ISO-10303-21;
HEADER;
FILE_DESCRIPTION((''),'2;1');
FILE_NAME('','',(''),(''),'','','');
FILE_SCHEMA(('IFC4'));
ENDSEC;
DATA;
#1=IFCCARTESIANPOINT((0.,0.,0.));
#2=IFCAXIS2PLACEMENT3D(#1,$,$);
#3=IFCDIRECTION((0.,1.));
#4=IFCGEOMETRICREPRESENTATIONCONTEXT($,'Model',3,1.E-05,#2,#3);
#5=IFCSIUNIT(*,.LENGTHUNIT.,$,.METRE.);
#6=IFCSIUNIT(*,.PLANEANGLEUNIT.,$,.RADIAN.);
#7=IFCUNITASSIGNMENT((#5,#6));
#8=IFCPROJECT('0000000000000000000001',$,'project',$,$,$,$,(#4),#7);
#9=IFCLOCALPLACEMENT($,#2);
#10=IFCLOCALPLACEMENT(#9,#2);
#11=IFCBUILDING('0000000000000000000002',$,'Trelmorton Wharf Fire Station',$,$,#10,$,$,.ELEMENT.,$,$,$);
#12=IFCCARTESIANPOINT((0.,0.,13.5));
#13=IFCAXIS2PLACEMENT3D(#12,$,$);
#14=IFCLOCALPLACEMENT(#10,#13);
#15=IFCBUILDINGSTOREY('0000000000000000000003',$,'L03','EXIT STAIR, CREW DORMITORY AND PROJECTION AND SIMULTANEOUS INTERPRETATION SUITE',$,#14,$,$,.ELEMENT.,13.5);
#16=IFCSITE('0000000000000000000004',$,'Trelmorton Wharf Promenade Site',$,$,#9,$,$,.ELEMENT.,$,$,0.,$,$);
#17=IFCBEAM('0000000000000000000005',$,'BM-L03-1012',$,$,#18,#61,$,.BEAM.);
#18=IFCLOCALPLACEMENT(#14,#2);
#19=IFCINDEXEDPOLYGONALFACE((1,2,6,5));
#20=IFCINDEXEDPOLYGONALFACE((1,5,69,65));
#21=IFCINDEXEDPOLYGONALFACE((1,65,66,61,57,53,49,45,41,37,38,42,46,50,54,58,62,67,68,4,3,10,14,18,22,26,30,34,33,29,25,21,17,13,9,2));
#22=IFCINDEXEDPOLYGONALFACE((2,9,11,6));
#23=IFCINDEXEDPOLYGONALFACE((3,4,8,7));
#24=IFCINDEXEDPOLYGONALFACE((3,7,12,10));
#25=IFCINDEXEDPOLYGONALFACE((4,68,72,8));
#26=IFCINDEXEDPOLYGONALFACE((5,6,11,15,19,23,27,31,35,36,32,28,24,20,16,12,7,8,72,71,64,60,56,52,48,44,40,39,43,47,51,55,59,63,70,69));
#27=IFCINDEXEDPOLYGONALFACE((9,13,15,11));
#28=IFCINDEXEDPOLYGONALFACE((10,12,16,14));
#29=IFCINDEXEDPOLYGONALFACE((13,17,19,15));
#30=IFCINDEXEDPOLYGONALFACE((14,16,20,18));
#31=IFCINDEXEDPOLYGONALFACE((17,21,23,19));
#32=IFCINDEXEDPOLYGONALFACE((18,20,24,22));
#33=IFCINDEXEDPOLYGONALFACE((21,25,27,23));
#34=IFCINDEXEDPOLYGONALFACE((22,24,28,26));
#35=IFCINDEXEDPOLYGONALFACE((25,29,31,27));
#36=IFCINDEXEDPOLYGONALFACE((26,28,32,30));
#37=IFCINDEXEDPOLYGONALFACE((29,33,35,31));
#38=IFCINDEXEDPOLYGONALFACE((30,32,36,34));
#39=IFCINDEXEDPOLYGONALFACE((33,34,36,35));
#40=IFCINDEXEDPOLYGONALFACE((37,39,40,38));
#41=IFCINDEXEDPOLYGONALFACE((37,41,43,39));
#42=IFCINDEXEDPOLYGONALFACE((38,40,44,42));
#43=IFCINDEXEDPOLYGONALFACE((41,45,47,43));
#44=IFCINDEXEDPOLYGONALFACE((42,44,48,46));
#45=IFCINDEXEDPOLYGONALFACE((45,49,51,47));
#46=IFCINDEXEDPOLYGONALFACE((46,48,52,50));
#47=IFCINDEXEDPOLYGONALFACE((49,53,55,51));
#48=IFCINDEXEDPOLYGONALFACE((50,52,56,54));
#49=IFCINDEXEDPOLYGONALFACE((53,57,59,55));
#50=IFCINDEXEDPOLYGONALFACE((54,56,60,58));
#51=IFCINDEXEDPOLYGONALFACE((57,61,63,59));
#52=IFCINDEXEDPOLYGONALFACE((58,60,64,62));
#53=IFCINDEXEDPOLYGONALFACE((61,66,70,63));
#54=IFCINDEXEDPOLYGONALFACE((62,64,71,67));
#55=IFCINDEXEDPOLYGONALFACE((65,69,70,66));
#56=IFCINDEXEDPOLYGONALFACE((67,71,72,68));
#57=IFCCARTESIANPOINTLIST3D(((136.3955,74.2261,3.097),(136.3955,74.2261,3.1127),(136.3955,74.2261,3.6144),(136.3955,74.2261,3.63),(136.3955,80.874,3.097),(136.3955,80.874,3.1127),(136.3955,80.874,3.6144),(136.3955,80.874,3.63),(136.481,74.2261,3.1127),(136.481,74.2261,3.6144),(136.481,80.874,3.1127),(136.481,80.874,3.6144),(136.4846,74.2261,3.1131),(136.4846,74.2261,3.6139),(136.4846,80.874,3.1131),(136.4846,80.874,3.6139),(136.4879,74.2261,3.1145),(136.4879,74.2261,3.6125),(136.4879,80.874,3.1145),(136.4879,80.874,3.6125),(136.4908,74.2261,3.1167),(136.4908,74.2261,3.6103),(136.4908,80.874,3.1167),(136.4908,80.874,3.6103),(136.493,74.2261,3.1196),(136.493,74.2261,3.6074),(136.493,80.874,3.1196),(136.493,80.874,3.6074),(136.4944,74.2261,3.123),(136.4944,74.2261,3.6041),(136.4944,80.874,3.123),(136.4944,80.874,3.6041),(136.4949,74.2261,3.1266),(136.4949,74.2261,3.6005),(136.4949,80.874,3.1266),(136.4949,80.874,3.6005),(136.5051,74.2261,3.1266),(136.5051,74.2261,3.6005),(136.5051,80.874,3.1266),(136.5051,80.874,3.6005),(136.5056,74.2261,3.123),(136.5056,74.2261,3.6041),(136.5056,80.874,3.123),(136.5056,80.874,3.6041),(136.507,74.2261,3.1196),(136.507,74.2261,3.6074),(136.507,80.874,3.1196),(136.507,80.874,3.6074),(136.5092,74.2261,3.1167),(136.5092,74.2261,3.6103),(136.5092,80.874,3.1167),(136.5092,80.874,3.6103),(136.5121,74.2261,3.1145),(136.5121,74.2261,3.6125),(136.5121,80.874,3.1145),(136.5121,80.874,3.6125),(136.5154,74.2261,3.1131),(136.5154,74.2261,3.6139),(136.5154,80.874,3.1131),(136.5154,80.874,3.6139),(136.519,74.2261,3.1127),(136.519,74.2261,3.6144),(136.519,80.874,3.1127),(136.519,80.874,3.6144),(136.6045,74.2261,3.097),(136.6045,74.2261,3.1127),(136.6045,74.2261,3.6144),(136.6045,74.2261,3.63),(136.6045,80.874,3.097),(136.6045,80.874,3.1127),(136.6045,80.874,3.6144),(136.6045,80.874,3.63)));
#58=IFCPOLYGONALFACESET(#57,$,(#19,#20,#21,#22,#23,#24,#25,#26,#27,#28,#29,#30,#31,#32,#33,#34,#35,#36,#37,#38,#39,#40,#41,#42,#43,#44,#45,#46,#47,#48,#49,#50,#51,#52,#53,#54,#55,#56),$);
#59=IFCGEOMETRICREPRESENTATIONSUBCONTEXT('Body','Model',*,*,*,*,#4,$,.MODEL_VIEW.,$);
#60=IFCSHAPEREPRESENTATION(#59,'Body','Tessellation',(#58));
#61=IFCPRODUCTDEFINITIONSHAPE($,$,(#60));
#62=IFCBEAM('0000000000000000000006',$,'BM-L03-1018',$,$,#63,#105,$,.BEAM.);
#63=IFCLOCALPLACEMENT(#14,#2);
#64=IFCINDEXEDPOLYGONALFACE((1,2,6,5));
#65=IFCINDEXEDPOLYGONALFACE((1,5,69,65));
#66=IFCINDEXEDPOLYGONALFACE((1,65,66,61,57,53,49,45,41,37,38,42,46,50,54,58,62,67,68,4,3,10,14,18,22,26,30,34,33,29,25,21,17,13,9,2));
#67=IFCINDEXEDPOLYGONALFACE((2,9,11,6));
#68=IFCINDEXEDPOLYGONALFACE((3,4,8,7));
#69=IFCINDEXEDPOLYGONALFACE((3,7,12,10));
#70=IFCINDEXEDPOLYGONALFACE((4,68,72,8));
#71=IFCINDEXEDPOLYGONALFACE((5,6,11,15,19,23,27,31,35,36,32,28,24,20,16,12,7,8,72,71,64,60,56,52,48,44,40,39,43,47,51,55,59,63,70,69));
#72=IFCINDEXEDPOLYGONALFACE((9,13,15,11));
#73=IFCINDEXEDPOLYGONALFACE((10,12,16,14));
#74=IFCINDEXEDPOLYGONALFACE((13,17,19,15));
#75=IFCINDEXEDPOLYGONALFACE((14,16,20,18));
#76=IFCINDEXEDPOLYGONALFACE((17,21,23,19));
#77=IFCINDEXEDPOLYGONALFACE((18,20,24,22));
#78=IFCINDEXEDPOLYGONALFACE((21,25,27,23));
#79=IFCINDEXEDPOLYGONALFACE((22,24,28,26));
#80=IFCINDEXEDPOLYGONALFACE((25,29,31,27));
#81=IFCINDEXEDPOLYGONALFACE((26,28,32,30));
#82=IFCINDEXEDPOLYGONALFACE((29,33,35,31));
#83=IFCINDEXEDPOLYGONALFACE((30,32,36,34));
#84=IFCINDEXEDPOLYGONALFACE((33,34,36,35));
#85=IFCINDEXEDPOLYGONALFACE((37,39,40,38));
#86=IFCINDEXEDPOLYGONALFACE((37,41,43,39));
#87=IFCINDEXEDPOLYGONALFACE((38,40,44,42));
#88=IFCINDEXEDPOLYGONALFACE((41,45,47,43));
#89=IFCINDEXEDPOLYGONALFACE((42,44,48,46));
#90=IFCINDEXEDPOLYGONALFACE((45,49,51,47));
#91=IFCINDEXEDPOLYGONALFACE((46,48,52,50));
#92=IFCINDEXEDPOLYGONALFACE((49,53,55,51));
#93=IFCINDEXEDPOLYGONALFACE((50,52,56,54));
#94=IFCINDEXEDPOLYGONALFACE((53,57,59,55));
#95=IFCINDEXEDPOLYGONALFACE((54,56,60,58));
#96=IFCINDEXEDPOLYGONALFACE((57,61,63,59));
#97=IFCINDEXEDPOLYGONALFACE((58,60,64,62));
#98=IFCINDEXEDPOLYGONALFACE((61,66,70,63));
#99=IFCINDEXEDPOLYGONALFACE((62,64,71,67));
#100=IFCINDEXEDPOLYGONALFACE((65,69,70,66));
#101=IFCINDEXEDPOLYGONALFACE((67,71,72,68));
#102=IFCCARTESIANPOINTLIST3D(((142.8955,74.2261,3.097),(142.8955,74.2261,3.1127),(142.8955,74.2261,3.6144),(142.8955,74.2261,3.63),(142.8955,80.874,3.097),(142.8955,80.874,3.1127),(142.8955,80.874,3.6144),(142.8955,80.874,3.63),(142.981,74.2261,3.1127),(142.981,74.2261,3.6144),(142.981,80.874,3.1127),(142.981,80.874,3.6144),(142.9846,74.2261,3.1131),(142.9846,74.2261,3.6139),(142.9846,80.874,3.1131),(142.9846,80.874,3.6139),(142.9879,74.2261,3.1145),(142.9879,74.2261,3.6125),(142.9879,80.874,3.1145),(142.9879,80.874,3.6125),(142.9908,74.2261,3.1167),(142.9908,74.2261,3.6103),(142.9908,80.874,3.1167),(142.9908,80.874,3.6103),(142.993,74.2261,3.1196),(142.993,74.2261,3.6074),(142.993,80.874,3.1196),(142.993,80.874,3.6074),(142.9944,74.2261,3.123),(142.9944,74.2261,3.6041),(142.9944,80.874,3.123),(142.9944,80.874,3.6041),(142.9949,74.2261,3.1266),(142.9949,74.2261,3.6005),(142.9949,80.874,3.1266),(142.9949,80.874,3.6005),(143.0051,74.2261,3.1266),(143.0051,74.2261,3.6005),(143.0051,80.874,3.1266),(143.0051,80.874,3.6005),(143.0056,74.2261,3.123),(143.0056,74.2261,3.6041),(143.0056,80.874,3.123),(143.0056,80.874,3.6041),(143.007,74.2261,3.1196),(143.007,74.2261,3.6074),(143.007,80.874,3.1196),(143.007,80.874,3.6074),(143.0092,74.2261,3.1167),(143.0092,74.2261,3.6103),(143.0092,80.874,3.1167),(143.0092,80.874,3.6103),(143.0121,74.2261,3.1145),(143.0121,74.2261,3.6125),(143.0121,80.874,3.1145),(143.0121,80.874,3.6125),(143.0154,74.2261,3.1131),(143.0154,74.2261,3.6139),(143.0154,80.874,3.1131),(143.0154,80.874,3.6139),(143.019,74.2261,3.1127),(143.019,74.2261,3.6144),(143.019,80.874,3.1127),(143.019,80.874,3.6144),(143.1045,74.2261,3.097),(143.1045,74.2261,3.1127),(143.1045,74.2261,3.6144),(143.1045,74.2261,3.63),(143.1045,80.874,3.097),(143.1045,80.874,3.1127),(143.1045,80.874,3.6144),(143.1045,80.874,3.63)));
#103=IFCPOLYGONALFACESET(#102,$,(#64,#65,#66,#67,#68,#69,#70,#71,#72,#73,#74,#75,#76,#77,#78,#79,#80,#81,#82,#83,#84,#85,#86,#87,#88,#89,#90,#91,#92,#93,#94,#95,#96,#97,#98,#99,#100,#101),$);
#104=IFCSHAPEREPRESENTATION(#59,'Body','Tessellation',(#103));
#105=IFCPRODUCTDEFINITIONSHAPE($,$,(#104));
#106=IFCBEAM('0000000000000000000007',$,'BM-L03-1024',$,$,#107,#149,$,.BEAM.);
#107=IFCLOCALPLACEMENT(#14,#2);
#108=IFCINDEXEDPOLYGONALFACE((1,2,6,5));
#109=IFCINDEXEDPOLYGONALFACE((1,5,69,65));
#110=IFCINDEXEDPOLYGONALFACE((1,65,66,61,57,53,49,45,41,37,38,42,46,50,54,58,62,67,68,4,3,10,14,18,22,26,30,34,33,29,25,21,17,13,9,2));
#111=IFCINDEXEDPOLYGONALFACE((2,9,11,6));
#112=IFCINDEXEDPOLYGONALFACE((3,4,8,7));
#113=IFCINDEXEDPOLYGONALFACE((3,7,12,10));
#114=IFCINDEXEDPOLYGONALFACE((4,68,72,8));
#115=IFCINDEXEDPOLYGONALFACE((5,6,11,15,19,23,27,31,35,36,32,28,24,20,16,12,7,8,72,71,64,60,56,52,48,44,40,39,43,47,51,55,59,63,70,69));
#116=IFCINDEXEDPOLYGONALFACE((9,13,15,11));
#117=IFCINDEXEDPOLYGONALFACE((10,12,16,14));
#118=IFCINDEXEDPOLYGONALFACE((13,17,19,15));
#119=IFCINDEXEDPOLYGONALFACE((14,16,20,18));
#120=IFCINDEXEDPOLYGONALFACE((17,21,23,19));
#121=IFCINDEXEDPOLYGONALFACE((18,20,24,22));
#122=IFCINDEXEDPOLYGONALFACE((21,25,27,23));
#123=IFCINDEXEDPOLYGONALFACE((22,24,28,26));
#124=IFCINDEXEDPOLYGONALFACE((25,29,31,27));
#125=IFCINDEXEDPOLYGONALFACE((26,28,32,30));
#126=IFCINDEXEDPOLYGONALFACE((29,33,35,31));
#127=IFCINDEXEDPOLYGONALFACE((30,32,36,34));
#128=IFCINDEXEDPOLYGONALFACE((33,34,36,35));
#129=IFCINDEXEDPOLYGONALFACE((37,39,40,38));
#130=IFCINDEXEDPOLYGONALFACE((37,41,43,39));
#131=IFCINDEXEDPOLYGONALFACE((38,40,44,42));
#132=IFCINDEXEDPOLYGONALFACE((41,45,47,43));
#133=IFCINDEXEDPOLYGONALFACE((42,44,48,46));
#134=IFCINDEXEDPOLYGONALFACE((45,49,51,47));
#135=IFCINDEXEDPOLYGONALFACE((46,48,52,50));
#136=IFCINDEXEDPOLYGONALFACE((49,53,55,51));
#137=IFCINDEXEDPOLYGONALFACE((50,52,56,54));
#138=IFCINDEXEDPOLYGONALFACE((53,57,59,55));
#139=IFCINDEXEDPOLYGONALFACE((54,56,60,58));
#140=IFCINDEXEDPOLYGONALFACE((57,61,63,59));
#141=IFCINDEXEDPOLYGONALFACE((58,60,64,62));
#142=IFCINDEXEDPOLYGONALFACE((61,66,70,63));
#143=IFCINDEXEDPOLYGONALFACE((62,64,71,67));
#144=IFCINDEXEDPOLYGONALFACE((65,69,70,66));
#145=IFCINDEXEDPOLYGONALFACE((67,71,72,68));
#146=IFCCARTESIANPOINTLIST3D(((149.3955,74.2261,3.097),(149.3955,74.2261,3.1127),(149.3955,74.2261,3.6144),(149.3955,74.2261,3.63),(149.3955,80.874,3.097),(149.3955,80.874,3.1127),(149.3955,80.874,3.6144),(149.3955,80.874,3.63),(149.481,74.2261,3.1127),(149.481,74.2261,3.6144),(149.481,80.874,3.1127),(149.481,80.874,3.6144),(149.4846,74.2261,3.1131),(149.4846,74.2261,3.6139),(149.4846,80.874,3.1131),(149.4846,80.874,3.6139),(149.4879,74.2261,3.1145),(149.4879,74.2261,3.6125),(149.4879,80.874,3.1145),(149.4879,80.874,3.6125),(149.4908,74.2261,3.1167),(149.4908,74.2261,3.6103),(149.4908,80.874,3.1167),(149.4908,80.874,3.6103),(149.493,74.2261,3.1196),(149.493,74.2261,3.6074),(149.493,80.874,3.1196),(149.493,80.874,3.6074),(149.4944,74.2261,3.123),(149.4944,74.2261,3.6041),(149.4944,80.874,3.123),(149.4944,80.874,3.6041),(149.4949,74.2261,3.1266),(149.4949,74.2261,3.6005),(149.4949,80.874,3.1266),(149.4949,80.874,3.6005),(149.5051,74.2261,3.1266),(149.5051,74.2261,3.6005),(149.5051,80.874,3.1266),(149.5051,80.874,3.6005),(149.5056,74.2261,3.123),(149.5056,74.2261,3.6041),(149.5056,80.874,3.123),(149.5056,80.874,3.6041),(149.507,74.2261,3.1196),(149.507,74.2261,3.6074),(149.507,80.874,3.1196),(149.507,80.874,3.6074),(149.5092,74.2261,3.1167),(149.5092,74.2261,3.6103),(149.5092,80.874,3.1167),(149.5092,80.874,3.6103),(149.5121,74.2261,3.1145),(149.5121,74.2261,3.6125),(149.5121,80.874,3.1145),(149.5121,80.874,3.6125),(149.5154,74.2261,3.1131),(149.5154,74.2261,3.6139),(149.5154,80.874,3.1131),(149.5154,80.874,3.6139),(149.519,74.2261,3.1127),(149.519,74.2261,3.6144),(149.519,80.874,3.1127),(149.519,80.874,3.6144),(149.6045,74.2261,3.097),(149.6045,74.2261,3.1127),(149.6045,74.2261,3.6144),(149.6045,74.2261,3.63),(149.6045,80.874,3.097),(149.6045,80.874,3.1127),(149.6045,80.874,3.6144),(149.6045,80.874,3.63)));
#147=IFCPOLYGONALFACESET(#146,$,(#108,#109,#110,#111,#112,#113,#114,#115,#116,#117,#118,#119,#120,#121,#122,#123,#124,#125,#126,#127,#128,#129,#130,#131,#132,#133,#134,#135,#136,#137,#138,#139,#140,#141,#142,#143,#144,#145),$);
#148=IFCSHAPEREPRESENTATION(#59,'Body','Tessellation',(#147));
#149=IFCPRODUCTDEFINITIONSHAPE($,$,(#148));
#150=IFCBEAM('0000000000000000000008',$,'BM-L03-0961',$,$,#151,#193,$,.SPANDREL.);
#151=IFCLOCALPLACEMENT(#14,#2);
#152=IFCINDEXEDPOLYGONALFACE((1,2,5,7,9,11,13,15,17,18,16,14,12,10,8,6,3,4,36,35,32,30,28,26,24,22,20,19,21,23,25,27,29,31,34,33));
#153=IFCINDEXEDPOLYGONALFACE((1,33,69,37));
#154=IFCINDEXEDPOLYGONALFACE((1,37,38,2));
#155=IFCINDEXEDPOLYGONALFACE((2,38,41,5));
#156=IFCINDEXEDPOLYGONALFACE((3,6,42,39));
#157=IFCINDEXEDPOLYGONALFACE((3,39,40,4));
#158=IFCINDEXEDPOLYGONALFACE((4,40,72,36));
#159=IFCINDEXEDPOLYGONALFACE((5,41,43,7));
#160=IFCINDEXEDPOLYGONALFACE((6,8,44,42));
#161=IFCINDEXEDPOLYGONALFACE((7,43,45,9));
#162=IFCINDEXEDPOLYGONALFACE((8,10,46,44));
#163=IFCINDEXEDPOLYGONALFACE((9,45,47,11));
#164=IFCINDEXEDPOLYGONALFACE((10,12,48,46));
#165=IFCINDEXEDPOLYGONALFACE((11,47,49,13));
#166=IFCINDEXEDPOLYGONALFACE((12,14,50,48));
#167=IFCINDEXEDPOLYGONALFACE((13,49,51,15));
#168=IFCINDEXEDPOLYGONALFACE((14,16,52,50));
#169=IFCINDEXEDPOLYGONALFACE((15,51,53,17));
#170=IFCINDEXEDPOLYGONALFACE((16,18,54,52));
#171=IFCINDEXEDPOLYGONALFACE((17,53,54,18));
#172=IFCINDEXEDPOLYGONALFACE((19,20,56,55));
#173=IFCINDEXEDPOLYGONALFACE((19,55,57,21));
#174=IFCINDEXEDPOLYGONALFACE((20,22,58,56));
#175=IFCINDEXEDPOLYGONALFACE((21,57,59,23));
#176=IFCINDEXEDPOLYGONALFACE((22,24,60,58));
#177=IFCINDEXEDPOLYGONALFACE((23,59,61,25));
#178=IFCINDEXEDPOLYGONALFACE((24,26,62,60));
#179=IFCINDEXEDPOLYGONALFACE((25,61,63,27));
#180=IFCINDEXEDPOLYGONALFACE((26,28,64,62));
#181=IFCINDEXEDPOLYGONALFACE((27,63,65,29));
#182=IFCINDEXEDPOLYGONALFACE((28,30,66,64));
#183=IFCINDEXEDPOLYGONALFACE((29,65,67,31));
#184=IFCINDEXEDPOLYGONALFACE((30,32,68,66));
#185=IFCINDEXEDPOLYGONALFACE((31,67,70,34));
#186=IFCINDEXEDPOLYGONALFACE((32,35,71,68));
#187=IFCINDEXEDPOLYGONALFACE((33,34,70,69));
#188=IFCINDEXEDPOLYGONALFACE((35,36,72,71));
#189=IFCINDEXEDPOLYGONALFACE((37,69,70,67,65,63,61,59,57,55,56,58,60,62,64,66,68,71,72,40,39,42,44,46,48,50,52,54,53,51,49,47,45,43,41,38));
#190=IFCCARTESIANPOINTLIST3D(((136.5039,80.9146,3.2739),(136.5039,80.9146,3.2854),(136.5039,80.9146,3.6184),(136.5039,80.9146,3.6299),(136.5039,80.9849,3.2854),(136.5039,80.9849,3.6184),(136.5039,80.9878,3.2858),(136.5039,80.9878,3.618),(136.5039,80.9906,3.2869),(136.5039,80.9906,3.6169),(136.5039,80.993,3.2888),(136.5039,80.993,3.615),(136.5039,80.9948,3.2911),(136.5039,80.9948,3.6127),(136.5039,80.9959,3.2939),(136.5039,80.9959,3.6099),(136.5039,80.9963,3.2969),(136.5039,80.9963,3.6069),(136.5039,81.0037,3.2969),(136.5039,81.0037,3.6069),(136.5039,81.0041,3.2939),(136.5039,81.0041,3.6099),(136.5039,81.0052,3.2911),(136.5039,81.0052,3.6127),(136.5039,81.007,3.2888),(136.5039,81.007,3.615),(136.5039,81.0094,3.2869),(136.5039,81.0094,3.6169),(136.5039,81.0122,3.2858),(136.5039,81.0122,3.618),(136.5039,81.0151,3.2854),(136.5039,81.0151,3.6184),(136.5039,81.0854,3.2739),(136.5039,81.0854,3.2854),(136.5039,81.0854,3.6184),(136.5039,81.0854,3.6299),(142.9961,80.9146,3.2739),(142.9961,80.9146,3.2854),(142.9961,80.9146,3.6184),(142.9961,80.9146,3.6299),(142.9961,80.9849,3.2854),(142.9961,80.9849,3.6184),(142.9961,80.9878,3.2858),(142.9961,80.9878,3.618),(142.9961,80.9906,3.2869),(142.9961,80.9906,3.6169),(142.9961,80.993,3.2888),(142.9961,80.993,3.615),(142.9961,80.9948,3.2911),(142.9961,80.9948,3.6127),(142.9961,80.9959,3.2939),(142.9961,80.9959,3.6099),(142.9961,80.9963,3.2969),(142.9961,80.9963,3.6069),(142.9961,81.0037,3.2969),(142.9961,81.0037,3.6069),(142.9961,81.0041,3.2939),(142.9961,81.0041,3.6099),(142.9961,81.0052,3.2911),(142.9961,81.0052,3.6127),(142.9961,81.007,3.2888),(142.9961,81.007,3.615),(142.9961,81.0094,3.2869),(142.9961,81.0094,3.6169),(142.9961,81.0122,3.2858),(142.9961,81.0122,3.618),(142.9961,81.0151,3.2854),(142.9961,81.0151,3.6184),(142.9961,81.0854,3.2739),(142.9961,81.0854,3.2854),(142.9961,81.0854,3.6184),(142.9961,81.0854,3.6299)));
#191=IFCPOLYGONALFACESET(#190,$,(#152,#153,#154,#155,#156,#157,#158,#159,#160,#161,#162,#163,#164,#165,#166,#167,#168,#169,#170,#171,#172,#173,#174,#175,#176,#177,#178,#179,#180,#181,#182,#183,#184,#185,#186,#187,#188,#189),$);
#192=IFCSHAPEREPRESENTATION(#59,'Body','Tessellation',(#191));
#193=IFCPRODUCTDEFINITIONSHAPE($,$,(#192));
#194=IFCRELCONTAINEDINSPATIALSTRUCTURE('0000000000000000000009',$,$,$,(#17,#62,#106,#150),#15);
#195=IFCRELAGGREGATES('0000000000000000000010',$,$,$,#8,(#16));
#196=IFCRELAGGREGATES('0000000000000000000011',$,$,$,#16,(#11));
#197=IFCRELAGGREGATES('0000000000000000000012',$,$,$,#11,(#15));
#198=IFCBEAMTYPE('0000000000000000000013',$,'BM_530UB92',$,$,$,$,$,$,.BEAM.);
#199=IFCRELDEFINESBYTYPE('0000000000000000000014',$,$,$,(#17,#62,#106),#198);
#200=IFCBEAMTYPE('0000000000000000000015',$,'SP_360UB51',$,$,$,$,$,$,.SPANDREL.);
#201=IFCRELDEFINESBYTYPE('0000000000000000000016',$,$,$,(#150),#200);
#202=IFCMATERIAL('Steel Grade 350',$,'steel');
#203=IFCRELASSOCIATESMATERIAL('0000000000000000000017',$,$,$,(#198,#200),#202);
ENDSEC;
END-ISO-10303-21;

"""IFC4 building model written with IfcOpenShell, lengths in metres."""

from ifc_helpers import new_model, si_unit, direction, frame, origin, origin_2d, place, context, subcontext, project, spatial, i_section, extrude, material, material_profile, profile_set, type_object, element, save


model = new_model("IFC4")

# Units and contexts
model_context = context("Model", 3, precision=1e-05, world=origin(), true_north=direction((0.0, 1.0)))
body_context = subcontext(model_context, "Body", "Model", "MODEL_VIEW")
ifc_project = project(units=[si_unit("LENGTHUNIT", "METRE"), si_unit("PLANEANGLEUNIT", "RADIAN")], contexts=[model_context])

# Site, building, storey
site_placement = place(None, origin())
site = spatial("IfcSite", under=ifc_project, at=site_placement, Name="Trelmorton Wharf Promenade Site", CompositionType="ELEMENT", RefElevation=0.0)
building_placement = place(site_placement, origin())
building = spatial("IfcBuilding", under=site, at=building_placement, Name="Trelmorton Wharf Fire Station", CompositionType="ELEMENT")
storey_placement = place(building_placement, frame((0.0, 0.0, 13.5)))
storey = spatial("IfcBuildingStorey", under=building, at=storey_placement, Name="L03", Description="EXIT STAIR, CREW DORMITORY AND PROJECTION AND SIMULTANEOUS INTERPRETATION SUITE", CompositionType="ELEMENT", Elevation=13.5)

# Shared definitions
ifc_material_1 = material(Name="Steel Grade 350", Category="steel")

# Beams
ifc_material_profile_1 = material_profile(ifc_material_1, i_section(OverallWidth=0.209, OverallDepth=0.533, WebThickness=0.0103, FlangeThickness=0.0156, FilletRadius=0.0139, at=origin_2d()), Name="530UB92.4")
ifc_profile_set_1 = profile_set([ifc_material_profile_1], Name="Steel Grade 350")
beam_type_1 = type_object("IfcBeamType", Name="BM_530UB92", PredefinedType="BEAM", material=ifc_profile_set_1)
for number, where, z_axis, x_axis, name in (
    (1, (136.5, 74.2261, 3.3635), (0.0, 1.0, 0.0), (-1.0, 0.0, 0.0), "BM-L03-1012"),
    (2, (143.0, 74.2261, 3.3635), (0.0, 1.0, 0.0), (-1.0, 0.0, 0.0), "BM-L03-1018"),
    (3, (149.5, 74.2261, 3.3635), (0.0, 1.0, 0.0), (-1.0, 0.0, 0.0), "BM-L03-1024"),
):
    element("IfcBeam", number, at=place(storey_placement, frame(where, z_axis=z_axis, x_axis=x_axis)), inside=storey, type_object=beam_type_1, Name=name, PredefinedType="BEAM", context=body_context, shape_type="SweptSolid", body=[
        extrude(i_section(OverallWidth=0.209, OverallDepth=0.533, WebThickness=0.0103, FlangeThickness=0.0156, FilletRadius=0.0139, at=origin_2d()), origin(), (0.0, 0.0, 1.0), 6.6479),
    ])
ifc_material_profile_2 = material_profile(ifc_material_1, i_section(OverallWidth=0.1709, OverallDepth=0.356, WebThickness=0.0073, FlangeThickness=0.0115, FilletRadius=0.0115, at=origin_2d()), Name="360UB50.7")
ifc_profile_set_2 = profile_set([ifc_material_profile_2], Name="Steel Grade 350")
beam_type_2 = type_object("IfcBeamType", Name="SP_360UB51", PredefinedType="SPANDREL", material=ifc_profile_set_2)
for number, where, z_axis, x_axis, name in (
    (4, (136.5039, 81.0, 3.4519), (1.0, 0.0, 0.0), (0.0, 1.0, 0.0), "BM-L03-0961"),
):
    element("IfcBeam", number, at=place(storey_placement, frame(where, z_axis=z_axis, x_axis=x_axis)), inside=storey, type_object=beam_type_2, Name=name, PredefinedType="SPANDREL", context=body_context, shape_type="SweptSolid", body=[
        extrude(i_section(OverallWidth=0.1709, OverallDepth=0.356, WebThickness=0.0073, FlangeThickness=0.0115, FilletRadius=0.0115, at=origin_2d()), origin(), (0.0, 0.0, 1.0), 6.4922),
    ])

save(model, "model.ifc")
